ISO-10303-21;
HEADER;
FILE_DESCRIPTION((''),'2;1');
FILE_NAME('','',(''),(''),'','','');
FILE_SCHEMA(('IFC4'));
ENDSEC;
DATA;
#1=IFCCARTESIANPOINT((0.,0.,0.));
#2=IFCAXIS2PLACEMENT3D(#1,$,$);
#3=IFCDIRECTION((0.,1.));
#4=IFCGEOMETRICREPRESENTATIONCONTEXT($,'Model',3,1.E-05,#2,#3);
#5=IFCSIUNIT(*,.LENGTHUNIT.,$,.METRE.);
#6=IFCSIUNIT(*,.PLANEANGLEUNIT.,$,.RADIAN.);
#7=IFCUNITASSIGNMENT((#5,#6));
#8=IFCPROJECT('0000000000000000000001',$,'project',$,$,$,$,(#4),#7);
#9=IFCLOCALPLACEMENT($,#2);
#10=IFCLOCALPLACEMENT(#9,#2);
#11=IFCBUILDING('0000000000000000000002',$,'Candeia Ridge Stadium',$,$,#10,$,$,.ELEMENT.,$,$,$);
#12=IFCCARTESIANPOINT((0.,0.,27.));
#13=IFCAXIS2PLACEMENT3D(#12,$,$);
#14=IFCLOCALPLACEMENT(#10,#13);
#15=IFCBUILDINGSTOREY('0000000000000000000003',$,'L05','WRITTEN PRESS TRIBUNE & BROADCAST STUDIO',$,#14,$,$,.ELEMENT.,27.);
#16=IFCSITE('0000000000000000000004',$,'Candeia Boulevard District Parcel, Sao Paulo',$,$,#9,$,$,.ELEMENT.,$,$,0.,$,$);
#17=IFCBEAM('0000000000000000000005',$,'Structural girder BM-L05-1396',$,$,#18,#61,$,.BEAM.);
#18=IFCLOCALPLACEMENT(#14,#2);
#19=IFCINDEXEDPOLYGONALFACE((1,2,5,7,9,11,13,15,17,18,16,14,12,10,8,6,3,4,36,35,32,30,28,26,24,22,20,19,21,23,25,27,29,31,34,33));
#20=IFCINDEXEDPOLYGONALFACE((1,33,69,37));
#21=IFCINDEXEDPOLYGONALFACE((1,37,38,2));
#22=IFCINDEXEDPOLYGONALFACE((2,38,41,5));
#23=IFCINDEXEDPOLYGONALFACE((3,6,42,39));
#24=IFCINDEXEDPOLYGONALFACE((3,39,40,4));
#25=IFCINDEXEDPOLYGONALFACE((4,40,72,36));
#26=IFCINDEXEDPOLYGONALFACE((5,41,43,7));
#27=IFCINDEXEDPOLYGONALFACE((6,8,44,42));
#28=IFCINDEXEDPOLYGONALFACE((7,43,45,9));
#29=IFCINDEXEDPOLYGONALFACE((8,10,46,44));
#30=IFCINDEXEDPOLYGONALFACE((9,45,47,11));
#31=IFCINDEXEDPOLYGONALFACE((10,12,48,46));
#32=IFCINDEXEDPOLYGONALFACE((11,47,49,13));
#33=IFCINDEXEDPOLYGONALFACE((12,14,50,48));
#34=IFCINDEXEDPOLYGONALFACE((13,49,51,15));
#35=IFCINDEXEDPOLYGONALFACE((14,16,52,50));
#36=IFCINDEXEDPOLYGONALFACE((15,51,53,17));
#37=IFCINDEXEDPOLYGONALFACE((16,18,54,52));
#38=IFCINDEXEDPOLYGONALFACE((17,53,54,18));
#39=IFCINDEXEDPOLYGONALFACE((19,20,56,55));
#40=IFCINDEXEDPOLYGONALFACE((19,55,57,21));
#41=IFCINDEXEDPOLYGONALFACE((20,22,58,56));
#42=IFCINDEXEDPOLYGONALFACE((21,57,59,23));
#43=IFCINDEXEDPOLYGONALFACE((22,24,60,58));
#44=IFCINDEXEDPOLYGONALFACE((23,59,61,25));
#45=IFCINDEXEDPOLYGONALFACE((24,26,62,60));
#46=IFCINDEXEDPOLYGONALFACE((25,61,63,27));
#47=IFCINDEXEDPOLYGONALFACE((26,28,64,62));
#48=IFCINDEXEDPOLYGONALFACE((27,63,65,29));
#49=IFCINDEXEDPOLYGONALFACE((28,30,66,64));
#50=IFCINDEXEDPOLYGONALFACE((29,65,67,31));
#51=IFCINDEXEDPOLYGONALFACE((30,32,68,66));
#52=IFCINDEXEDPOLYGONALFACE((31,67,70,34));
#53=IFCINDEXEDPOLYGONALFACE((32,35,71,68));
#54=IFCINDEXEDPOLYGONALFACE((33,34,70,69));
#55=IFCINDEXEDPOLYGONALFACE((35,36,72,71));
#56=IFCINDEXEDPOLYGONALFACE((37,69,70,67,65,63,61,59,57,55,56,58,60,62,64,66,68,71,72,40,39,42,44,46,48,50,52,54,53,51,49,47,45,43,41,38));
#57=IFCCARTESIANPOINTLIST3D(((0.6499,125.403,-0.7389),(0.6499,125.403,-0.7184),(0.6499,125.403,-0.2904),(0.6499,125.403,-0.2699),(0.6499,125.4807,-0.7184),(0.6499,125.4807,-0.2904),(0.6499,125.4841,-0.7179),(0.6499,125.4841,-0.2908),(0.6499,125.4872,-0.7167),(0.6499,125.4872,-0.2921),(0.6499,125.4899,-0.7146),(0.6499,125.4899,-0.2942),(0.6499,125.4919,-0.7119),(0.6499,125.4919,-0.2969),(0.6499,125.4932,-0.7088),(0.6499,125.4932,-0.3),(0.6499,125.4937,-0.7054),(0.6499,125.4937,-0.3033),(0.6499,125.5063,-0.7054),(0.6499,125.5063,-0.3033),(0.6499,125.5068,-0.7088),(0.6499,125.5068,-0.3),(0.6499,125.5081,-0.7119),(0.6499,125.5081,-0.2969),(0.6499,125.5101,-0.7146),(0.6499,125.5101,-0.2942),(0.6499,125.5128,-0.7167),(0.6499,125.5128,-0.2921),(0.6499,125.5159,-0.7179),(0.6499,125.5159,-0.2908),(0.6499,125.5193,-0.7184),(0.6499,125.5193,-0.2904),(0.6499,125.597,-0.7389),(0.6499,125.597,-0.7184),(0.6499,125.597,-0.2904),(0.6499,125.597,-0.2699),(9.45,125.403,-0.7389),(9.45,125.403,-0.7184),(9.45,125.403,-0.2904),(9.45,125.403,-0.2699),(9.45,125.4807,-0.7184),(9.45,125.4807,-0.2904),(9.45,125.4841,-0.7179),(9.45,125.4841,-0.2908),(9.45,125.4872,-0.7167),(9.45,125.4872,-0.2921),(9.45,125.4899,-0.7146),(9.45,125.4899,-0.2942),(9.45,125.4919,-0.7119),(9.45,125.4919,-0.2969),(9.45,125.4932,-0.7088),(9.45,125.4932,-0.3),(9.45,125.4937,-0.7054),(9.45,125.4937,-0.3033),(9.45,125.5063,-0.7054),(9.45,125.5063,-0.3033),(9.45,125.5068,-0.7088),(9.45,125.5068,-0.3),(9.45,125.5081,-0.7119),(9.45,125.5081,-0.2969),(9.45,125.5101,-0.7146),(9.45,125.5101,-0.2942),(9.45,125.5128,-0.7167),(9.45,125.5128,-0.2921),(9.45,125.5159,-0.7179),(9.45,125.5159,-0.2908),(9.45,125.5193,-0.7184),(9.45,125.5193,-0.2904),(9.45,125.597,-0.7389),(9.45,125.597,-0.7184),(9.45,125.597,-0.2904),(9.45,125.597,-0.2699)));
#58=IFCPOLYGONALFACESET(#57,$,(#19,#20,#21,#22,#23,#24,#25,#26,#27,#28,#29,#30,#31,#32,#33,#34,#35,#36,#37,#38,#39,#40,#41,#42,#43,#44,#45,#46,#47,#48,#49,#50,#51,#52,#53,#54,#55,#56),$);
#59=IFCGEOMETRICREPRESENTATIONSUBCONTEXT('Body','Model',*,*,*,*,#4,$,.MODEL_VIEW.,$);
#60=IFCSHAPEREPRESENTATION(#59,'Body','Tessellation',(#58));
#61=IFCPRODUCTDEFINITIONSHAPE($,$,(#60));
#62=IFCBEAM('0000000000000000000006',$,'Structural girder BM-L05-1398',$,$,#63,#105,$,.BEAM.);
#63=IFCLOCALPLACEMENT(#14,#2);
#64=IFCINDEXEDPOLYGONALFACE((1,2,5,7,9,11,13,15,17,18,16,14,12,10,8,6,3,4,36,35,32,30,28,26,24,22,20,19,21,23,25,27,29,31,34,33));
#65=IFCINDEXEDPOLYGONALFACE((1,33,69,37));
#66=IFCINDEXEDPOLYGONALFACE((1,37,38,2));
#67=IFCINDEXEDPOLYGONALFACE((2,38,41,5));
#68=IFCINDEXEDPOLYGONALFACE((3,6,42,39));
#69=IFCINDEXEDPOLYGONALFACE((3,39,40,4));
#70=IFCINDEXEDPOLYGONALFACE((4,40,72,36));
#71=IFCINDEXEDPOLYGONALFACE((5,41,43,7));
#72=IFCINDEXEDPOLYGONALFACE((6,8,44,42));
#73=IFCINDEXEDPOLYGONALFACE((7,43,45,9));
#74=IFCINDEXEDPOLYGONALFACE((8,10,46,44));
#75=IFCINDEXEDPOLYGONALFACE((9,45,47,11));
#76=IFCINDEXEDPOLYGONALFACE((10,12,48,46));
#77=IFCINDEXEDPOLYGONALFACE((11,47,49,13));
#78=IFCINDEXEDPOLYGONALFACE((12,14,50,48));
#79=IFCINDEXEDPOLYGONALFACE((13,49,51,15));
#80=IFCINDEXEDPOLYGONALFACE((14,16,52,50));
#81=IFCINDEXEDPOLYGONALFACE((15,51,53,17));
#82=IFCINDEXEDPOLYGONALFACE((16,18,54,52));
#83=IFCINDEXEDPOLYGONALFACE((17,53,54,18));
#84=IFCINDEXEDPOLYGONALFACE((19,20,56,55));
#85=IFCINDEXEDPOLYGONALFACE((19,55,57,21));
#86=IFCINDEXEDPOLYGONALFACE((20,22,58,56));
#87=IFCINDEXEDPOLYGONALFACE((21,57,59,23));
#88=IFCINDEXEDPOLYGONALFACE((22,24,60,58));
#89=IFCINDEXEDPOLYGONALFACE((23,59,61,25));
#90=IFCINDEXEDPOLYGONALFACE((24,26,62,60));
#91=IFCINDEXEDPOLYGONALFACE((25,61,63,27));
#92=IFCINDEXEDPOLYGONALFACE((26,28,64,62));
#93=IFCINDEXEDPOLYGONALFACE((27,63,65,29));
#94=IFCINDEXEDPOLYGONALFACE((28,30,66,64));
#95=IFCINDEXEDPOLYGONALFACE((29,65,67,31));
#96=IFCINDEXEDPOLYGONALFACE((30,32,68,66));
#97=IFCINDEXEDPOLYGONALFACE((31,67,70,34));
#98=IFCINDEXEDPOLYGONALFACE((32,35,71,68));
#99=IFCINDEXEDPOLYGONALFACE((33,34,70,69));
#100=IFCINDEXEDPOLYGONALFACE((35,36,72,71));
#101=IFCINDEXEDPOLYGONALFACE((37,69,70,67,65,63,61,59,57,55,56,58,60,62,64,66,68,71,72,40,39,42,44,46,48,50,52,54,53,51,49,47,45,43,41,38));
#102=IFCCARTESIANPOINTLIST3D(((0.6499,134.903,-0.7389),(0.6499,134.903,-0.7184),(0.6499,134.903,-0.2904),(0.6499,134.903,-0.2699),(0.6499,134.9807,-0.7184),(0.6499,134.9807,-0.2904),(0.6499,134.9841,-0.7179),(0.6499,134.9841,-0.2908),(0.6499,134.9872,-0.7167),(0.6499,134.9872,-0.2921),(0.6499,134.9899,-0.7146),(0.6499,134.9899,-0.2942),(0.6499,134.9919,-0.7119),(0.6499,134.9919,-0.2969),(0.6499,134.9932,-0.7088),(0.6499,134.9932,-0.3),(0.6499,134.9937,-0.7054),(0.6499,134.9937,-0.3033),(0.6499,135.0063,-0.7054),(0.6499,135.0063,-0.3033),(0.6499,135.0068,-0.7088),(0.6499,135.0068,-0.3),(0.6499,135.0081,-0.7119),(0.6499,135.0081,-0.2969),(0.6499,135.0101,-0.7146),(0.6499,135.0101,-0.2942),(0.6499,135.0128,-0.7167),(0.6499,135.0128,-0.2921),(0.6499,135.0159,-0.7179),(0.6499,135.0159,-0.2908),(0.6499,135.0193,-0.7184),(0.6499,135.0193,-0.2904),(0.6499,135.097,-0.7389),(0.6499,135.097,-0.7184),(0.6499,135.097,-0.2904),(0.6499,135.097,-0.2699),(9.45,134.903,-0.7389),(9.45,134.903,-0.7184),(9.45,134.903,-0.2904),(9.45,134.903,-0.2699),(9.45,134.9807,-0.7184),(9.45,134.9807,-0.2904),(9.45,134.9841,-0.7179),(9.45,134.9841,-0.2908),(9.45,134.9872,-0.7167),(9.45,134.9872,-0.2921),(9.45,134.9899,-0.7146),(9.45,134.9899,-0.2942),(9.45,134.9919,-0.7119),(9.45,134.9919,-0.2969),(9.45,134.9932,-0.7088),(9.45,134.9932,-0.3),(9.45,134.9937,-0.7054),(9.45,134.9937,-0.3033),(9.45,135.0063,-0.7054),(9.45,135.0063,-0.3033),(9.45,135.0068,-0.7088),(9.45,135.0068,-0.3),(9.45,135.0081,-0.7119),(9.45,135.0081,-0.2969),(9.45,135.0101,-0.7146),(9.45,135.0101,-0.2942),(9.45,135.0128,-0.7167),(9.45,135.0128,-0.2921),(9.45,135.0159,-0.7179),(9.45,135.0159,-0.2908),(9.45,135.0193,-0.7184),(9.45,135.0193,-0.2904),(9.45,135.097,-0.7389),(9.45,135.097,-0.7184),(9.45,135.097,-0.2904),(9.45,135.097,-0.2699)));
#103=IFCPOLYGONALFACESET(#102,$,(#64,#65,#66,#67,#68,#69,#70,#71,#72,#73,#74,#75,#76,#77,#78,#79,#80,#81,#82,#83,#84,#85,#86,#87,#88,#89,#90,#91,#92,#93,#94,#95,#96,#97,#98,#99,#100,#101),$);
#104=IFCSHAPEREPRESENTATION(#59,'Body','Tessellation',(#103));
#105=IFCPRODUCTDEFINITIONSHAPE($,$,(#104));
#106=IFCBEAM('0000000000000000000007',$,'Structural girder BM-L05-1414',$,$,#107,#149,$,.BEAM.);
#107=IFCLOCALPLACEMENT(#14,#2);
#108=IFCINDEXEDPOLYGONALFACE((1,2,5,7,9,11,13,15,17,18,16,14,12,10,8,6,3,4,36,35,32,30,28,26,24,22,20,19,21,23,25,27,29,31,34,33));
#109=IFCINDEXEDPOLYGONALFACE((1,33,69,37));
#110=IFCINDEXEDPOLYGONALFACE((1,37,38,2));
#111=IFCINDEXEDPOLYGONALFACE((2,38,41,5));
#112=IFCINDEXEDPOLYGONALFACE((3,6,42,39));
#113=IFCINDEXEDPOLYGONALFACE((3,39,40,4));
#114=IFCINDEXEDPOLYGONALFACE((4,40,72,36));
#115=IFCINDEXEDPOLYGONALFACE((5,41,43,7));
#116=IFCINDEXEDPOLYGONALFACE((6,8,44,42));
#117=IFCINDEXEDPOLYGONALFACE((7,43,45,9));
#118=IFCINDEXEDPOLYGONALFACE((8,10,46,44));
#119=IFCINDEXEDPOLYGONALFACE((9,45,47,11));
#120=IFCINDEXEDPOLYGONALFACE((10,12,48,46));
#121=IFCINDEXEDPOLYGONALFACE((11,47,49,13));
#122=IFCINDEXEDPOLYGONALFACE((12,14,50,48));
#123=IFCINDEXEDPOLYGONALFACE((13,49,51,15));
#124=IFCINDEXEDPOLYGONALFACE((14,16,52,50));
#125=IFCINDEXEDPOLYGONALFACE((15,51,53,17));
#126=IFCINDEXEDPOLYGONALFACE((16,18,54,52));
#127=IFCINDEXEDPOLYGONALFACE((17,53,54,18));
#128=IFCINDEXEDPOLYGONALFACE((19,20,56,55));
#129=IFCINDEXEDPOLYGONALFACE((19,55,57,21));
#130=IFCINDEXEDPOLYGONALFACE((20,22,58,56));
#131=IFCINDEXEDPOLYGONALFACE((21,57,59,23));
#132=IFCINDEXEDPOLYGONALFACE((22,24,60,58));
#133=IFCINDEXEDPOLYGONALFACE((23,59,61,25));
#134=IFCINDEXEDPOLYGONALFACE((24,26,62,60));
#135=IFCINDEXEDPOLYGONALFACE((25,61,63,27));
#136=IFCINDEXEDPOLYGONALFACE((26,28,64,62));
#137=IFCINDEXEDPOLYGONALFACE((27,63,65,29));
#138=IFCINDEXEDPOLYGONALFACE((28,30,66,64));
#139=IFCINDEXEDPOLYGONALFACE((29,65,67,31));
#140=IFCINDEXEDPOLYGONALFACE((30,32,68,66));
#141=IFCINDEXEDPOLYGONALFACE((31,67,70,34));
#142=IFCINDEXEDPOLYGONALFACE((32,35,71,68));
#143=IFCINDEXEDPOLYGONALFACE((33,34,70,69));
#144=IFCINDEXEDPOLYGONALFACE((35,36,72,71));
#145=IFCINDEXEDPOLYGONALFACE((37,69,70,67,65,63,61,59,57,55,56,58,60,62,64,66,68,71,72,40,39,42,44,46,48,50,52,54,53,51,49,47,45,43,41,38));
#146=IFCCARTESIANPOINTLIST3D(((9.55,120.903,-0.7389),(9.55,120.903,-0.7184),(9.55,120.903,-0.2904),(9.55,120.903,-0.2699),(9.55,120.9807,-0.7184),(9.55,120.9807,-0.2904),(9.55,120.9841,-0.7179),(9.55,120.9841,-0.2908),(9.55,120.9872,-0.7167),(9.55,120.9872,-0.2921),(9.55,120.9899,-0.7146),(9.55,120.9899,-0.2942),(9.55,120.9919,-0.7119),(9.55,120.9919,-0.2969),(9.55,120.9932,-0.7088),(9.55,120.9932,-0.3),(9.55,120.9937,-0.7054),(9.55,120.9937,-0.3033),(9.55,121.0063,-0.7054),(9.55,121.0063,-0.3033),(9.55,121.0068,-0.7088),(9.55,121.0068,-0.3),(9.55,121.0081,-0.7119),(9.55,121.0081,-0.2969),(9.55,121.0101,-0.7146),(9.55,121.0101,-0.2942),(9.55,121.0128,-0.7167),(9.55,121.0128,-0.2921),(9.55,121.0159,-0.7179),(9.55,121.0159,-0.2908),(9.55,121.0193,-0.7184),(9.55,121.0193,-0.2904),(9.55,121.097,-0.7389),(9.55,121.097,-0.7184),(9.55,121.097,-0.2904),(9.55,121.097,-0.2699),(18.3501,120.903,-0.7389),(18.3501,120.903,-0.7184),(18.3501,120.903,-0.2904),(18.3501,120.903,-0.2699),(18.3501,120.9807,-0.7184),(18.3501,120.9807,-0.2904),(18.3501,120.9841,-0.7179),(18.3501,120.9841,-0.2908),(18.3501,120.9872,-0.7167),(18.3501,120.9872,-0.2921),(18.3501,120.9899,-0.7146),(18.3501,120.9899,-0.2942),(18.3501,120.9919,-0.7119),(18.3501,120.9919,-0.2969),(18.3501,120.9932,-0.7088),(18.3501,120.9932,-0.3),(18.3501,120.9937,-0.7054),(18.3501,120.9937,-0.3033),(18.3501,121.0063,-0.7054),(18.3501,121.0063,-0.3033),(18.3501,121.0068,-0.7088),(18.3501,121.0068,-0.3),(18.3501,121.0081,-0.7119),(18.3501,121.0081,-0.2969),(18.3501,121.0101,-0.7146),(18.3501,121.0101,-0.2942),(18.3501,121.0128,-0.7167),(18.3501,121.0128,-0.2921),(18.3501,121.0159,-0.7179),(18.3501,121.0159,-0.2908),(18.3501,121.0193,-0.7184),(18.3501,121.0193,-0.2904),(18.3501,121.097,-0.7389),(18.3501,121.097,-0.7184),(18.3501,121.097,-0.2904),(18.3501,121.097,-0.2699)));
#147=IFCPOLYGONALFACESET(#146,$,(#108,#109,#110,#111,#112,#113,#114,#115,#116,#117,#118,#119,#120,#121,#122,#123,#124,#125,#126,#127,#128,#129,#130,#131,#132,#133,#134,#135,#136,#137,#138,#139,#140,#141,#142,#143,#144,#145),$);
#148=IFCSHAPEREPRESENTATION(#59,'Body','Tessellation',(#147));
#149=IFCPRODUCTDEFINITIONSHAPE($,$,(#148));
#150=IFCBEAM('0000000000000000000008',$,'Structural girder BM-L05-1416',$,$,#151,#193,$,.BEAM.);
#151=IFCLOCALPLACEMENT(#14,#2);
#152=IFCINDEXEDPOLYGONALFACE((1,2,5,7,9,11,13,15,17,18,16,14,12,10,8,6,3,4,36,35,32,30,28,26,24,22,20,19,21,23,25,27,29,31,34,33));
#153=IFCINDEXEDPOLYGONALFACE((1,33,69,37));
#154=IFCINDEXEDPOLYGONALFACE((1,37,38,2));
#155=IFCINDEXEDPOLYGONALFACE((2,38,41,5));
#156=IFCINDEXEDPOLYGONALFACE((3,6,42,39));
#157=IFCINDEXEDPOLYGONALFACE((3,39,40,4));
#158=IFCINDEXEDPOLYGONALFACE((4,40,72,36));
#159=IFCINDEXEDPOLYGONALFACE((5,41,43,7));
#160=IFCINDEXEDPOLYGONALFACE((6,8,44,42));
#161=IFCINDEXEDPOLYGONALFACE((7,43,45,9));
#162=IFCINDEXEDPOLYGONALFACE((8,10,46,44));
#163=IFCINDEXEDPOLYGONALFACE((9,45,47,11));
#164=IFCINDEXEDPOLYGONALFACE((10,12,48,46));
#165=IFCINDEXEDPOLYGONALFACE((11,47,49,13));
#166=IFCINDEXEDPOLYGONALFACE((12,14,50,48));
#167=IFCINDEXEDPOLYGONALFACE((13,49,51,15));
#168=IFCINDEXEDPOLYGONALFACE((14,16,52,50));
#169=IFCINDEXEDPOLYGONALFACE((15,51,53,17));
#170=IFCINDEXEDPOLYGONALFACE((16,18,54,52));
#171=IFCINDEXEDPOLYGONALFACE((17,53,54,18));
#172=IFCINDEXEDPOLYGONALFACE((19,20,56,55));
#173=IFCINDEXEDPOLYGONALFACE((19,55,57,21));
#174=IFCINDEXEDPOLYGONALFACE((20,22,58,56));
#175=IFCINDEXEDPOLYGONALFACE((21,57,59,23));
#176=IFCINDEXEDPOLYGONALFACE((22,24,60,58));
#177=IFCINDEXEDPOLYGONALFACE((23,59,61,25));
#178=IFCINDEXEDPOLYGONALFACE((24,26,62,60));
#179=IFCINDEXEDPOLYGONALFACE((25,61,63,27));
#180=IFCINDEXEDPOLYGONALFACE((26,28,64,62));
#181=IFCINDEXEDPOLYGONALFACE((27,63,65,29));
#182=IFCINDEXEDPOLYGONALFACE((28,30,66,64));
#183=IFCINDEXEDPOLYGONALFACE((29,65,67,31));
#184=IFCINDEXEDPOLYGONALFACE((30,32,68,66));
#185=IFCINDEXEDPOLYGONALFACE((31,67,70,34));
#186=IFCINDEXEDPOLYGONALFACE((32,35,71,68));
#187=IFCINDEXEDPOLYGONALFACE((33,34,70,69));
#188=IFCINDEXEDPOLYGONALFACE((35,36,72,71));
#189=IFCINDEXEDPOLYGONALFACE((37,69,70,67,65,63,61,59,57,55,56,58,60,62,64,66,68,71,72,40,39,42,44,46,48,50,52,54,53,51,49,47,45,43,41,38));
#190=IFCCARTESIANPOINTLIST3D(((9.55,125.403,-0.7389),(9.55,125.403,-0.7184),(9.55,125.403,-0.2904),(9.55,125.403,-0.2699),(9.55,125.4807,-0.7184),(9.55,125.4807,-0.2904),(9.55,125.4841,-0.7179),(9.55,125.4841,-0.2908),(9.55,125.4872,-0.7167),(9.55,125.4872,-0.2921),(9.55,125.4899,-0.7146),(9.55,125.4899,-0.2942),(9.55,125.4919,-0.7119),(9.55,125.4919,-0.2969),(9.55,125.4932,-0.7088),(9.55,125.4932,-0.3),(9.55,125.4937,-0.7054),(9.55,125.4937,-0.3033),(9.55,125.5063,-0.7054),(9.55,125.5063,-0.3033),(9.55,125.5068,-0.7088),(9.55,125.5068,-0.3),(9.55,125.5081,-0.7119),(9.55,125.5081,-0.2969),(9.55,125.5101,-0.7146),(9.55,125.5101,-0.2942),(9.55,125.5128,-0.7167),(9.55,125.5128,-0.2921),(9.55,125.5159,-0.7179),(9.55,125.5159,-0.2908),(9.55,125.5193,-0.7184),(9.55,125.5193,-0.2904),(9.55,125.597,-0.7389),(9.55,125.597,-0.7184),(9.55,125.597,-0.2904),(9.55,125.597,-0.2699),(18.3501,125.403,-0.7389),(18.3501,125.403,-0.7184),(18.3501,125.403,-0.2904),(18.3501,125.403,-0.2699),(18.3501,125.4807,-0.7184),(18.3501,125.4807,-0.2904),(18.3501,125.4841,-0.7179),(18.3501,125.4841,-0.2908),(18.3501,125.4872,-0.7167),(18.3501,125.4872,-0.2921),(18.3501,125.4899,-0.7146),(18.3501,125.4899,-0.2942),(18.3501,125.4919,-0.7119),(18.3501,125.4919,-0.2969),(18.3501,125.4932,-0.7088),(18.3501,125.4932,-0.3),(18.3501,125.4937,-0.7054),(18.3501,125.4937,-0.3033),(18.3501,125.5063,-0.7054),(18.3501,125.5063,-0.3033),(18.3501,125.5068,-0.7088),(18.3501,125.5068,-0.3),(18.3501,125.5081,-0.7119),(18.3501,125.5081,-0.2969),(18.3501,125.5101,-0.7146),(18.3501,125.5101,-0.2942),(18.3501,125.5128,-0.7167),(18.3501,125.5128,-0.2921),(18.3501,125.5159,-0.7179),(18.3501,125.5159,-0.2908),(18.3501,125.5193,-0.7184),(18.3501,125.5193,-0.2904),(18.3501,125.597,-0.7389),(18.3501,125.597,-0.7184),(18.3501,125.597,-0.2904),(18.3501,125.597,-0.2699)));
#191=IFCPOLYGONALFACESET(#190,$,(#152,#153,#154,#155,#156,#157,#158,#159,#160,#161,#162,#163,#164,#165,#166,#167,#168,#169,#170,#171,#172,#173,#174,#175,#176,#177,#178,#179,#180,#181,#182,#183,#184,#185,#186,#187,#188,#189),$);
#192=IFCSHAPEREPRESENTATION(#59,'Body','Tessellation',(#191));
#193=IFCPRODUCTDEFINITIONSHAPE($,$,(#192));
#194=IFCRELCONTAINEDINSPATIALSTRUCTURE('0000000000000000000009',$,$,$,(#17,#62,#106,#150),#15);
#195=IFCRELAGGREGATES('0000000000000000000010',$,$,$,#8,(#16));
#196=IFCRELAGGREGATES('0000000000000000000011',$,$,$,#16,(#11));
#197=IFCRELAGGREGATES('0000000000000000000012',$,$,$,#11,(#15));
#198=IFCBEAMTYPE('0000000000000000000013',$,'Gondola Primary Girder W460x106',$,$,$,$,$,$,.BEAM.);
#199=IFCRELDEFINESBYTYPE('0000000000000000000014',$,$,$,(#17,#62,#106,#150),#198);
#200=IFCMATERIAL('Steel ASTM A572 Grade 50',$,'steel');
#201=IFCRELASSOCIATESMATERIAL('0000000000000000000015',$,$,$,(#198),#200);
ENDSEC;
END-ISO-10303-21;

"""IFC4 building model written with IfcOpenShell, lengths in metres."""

from ifc_helpers import new_model, si_unit, direction, frame, origin, origin_2d, place, context, subcontext, project, spatial, i_section, extrude, material, material_profile, profile_set, type_object, element, save


model = new_model("IFC4")

# Units and contexts
model_context = context("Model", 3, precision=1e-05, world=origin(), true_north=direction((0.0, 1.0)))
body_context = subcontext(model_context, "Body", "Model", "MODEL_VIEW")
ifc_project = project(units=[si_unit("LENGTHUNIT", "METRE"), si_unit("PLANEANGLEUNIT", "RADIAN")], contexts=[model_context])

# Site, building, storey
site_placement = place(None, origin())
site = spatial("IfcSite", under=ifc_project, at=site_placement, Name="Candeia Boulevard District Parcel, Sao Paulo", CompositionType="ELEMENT", RefElevation=0.0)
building_placement = place(site_placement, origin())
building = spatial("IfcBuilding", under=site, at=building_placement, Name="Candeia Ridge Stadium", CompositionType="ELEMENT")
storey_placement = place(building_placement, frame((0.0, 0.0, 27.0)))
storey = spatial("IfcBuildingStorey", under=building, at=storey_placement, Name="L05", Description="WRITTEN PRESS TRIBUNE & BROADCAST STUDIO", CompositionType="ELEMENT", Elevation=27.0)

# Shared definitions
ifc_material_1 = material(Name="Steel ASTM A572 Grade 50", Category="steel")

# Beams
ifc_material_profile_1 = material_profile(ifc_material_1, i_section(OverallWidth=0.1941, OverallDepth=0.469, WebThickness=0.0127, FlangeThickness=0.0205, FilletRadius=0.0129, at=origin_2d()), Name="W460x106", Category="steel")
ifc_profile_set_1 = profile_set([ifc_material_profile_1], Name="Steel ASTM A572 Grade 50")
beam_type_1 = type_object("IfcBeamType", Name="Gondola Primary Girder W460x106", PredefinedType="BEAM", material=ifc_profile_set_1)
for number, where, z_axis, x_axis, name in (
    (1, (0.6499, 125.5, -0.5044), (1.0, 0.0, 0.0), (0.0, 1.0, 0.0), "Structural girder BM-L05-1396"),
    (2, (0.6499, 135.0, -0.5044), (1.0, 0.0, 0.0), (0.0, 1.0, 0.0), "Structural girder BM-L05-1398"),
    (3, (9.55, 121.0, -0.5044), (1.0, 0.0, 0.0), (0.0, 1.0, 0.0), "Structural girder BM-L05-1414"),
    (4, (9.55, 125.5, -0.5044), (1.0, 0.0, 0.0), (0.0, 1.0, 0.0), "Structural girder BM-L05-1416"),
):
    element("IfcBeam", number, at=place(storey_placement, frame(where, z_axis=z_axis, x_axis=x_axis)), inside=storey, type_object=beam_type_1, Name=name, PredefinedType="BEAM", context=body_context, shape_type="SweptSolid", body=[
        extrude(i_section(OverallWidth=0.1941, OverallDepth=0.469, WebThickness=0.0127, FlangeThickness=0.0205, FilletRadius=0.0129, at=origin_2d()), origin(), (0.0, 0.0, 1.0), 8.8),
    ])

save(model, "model.ifc")
